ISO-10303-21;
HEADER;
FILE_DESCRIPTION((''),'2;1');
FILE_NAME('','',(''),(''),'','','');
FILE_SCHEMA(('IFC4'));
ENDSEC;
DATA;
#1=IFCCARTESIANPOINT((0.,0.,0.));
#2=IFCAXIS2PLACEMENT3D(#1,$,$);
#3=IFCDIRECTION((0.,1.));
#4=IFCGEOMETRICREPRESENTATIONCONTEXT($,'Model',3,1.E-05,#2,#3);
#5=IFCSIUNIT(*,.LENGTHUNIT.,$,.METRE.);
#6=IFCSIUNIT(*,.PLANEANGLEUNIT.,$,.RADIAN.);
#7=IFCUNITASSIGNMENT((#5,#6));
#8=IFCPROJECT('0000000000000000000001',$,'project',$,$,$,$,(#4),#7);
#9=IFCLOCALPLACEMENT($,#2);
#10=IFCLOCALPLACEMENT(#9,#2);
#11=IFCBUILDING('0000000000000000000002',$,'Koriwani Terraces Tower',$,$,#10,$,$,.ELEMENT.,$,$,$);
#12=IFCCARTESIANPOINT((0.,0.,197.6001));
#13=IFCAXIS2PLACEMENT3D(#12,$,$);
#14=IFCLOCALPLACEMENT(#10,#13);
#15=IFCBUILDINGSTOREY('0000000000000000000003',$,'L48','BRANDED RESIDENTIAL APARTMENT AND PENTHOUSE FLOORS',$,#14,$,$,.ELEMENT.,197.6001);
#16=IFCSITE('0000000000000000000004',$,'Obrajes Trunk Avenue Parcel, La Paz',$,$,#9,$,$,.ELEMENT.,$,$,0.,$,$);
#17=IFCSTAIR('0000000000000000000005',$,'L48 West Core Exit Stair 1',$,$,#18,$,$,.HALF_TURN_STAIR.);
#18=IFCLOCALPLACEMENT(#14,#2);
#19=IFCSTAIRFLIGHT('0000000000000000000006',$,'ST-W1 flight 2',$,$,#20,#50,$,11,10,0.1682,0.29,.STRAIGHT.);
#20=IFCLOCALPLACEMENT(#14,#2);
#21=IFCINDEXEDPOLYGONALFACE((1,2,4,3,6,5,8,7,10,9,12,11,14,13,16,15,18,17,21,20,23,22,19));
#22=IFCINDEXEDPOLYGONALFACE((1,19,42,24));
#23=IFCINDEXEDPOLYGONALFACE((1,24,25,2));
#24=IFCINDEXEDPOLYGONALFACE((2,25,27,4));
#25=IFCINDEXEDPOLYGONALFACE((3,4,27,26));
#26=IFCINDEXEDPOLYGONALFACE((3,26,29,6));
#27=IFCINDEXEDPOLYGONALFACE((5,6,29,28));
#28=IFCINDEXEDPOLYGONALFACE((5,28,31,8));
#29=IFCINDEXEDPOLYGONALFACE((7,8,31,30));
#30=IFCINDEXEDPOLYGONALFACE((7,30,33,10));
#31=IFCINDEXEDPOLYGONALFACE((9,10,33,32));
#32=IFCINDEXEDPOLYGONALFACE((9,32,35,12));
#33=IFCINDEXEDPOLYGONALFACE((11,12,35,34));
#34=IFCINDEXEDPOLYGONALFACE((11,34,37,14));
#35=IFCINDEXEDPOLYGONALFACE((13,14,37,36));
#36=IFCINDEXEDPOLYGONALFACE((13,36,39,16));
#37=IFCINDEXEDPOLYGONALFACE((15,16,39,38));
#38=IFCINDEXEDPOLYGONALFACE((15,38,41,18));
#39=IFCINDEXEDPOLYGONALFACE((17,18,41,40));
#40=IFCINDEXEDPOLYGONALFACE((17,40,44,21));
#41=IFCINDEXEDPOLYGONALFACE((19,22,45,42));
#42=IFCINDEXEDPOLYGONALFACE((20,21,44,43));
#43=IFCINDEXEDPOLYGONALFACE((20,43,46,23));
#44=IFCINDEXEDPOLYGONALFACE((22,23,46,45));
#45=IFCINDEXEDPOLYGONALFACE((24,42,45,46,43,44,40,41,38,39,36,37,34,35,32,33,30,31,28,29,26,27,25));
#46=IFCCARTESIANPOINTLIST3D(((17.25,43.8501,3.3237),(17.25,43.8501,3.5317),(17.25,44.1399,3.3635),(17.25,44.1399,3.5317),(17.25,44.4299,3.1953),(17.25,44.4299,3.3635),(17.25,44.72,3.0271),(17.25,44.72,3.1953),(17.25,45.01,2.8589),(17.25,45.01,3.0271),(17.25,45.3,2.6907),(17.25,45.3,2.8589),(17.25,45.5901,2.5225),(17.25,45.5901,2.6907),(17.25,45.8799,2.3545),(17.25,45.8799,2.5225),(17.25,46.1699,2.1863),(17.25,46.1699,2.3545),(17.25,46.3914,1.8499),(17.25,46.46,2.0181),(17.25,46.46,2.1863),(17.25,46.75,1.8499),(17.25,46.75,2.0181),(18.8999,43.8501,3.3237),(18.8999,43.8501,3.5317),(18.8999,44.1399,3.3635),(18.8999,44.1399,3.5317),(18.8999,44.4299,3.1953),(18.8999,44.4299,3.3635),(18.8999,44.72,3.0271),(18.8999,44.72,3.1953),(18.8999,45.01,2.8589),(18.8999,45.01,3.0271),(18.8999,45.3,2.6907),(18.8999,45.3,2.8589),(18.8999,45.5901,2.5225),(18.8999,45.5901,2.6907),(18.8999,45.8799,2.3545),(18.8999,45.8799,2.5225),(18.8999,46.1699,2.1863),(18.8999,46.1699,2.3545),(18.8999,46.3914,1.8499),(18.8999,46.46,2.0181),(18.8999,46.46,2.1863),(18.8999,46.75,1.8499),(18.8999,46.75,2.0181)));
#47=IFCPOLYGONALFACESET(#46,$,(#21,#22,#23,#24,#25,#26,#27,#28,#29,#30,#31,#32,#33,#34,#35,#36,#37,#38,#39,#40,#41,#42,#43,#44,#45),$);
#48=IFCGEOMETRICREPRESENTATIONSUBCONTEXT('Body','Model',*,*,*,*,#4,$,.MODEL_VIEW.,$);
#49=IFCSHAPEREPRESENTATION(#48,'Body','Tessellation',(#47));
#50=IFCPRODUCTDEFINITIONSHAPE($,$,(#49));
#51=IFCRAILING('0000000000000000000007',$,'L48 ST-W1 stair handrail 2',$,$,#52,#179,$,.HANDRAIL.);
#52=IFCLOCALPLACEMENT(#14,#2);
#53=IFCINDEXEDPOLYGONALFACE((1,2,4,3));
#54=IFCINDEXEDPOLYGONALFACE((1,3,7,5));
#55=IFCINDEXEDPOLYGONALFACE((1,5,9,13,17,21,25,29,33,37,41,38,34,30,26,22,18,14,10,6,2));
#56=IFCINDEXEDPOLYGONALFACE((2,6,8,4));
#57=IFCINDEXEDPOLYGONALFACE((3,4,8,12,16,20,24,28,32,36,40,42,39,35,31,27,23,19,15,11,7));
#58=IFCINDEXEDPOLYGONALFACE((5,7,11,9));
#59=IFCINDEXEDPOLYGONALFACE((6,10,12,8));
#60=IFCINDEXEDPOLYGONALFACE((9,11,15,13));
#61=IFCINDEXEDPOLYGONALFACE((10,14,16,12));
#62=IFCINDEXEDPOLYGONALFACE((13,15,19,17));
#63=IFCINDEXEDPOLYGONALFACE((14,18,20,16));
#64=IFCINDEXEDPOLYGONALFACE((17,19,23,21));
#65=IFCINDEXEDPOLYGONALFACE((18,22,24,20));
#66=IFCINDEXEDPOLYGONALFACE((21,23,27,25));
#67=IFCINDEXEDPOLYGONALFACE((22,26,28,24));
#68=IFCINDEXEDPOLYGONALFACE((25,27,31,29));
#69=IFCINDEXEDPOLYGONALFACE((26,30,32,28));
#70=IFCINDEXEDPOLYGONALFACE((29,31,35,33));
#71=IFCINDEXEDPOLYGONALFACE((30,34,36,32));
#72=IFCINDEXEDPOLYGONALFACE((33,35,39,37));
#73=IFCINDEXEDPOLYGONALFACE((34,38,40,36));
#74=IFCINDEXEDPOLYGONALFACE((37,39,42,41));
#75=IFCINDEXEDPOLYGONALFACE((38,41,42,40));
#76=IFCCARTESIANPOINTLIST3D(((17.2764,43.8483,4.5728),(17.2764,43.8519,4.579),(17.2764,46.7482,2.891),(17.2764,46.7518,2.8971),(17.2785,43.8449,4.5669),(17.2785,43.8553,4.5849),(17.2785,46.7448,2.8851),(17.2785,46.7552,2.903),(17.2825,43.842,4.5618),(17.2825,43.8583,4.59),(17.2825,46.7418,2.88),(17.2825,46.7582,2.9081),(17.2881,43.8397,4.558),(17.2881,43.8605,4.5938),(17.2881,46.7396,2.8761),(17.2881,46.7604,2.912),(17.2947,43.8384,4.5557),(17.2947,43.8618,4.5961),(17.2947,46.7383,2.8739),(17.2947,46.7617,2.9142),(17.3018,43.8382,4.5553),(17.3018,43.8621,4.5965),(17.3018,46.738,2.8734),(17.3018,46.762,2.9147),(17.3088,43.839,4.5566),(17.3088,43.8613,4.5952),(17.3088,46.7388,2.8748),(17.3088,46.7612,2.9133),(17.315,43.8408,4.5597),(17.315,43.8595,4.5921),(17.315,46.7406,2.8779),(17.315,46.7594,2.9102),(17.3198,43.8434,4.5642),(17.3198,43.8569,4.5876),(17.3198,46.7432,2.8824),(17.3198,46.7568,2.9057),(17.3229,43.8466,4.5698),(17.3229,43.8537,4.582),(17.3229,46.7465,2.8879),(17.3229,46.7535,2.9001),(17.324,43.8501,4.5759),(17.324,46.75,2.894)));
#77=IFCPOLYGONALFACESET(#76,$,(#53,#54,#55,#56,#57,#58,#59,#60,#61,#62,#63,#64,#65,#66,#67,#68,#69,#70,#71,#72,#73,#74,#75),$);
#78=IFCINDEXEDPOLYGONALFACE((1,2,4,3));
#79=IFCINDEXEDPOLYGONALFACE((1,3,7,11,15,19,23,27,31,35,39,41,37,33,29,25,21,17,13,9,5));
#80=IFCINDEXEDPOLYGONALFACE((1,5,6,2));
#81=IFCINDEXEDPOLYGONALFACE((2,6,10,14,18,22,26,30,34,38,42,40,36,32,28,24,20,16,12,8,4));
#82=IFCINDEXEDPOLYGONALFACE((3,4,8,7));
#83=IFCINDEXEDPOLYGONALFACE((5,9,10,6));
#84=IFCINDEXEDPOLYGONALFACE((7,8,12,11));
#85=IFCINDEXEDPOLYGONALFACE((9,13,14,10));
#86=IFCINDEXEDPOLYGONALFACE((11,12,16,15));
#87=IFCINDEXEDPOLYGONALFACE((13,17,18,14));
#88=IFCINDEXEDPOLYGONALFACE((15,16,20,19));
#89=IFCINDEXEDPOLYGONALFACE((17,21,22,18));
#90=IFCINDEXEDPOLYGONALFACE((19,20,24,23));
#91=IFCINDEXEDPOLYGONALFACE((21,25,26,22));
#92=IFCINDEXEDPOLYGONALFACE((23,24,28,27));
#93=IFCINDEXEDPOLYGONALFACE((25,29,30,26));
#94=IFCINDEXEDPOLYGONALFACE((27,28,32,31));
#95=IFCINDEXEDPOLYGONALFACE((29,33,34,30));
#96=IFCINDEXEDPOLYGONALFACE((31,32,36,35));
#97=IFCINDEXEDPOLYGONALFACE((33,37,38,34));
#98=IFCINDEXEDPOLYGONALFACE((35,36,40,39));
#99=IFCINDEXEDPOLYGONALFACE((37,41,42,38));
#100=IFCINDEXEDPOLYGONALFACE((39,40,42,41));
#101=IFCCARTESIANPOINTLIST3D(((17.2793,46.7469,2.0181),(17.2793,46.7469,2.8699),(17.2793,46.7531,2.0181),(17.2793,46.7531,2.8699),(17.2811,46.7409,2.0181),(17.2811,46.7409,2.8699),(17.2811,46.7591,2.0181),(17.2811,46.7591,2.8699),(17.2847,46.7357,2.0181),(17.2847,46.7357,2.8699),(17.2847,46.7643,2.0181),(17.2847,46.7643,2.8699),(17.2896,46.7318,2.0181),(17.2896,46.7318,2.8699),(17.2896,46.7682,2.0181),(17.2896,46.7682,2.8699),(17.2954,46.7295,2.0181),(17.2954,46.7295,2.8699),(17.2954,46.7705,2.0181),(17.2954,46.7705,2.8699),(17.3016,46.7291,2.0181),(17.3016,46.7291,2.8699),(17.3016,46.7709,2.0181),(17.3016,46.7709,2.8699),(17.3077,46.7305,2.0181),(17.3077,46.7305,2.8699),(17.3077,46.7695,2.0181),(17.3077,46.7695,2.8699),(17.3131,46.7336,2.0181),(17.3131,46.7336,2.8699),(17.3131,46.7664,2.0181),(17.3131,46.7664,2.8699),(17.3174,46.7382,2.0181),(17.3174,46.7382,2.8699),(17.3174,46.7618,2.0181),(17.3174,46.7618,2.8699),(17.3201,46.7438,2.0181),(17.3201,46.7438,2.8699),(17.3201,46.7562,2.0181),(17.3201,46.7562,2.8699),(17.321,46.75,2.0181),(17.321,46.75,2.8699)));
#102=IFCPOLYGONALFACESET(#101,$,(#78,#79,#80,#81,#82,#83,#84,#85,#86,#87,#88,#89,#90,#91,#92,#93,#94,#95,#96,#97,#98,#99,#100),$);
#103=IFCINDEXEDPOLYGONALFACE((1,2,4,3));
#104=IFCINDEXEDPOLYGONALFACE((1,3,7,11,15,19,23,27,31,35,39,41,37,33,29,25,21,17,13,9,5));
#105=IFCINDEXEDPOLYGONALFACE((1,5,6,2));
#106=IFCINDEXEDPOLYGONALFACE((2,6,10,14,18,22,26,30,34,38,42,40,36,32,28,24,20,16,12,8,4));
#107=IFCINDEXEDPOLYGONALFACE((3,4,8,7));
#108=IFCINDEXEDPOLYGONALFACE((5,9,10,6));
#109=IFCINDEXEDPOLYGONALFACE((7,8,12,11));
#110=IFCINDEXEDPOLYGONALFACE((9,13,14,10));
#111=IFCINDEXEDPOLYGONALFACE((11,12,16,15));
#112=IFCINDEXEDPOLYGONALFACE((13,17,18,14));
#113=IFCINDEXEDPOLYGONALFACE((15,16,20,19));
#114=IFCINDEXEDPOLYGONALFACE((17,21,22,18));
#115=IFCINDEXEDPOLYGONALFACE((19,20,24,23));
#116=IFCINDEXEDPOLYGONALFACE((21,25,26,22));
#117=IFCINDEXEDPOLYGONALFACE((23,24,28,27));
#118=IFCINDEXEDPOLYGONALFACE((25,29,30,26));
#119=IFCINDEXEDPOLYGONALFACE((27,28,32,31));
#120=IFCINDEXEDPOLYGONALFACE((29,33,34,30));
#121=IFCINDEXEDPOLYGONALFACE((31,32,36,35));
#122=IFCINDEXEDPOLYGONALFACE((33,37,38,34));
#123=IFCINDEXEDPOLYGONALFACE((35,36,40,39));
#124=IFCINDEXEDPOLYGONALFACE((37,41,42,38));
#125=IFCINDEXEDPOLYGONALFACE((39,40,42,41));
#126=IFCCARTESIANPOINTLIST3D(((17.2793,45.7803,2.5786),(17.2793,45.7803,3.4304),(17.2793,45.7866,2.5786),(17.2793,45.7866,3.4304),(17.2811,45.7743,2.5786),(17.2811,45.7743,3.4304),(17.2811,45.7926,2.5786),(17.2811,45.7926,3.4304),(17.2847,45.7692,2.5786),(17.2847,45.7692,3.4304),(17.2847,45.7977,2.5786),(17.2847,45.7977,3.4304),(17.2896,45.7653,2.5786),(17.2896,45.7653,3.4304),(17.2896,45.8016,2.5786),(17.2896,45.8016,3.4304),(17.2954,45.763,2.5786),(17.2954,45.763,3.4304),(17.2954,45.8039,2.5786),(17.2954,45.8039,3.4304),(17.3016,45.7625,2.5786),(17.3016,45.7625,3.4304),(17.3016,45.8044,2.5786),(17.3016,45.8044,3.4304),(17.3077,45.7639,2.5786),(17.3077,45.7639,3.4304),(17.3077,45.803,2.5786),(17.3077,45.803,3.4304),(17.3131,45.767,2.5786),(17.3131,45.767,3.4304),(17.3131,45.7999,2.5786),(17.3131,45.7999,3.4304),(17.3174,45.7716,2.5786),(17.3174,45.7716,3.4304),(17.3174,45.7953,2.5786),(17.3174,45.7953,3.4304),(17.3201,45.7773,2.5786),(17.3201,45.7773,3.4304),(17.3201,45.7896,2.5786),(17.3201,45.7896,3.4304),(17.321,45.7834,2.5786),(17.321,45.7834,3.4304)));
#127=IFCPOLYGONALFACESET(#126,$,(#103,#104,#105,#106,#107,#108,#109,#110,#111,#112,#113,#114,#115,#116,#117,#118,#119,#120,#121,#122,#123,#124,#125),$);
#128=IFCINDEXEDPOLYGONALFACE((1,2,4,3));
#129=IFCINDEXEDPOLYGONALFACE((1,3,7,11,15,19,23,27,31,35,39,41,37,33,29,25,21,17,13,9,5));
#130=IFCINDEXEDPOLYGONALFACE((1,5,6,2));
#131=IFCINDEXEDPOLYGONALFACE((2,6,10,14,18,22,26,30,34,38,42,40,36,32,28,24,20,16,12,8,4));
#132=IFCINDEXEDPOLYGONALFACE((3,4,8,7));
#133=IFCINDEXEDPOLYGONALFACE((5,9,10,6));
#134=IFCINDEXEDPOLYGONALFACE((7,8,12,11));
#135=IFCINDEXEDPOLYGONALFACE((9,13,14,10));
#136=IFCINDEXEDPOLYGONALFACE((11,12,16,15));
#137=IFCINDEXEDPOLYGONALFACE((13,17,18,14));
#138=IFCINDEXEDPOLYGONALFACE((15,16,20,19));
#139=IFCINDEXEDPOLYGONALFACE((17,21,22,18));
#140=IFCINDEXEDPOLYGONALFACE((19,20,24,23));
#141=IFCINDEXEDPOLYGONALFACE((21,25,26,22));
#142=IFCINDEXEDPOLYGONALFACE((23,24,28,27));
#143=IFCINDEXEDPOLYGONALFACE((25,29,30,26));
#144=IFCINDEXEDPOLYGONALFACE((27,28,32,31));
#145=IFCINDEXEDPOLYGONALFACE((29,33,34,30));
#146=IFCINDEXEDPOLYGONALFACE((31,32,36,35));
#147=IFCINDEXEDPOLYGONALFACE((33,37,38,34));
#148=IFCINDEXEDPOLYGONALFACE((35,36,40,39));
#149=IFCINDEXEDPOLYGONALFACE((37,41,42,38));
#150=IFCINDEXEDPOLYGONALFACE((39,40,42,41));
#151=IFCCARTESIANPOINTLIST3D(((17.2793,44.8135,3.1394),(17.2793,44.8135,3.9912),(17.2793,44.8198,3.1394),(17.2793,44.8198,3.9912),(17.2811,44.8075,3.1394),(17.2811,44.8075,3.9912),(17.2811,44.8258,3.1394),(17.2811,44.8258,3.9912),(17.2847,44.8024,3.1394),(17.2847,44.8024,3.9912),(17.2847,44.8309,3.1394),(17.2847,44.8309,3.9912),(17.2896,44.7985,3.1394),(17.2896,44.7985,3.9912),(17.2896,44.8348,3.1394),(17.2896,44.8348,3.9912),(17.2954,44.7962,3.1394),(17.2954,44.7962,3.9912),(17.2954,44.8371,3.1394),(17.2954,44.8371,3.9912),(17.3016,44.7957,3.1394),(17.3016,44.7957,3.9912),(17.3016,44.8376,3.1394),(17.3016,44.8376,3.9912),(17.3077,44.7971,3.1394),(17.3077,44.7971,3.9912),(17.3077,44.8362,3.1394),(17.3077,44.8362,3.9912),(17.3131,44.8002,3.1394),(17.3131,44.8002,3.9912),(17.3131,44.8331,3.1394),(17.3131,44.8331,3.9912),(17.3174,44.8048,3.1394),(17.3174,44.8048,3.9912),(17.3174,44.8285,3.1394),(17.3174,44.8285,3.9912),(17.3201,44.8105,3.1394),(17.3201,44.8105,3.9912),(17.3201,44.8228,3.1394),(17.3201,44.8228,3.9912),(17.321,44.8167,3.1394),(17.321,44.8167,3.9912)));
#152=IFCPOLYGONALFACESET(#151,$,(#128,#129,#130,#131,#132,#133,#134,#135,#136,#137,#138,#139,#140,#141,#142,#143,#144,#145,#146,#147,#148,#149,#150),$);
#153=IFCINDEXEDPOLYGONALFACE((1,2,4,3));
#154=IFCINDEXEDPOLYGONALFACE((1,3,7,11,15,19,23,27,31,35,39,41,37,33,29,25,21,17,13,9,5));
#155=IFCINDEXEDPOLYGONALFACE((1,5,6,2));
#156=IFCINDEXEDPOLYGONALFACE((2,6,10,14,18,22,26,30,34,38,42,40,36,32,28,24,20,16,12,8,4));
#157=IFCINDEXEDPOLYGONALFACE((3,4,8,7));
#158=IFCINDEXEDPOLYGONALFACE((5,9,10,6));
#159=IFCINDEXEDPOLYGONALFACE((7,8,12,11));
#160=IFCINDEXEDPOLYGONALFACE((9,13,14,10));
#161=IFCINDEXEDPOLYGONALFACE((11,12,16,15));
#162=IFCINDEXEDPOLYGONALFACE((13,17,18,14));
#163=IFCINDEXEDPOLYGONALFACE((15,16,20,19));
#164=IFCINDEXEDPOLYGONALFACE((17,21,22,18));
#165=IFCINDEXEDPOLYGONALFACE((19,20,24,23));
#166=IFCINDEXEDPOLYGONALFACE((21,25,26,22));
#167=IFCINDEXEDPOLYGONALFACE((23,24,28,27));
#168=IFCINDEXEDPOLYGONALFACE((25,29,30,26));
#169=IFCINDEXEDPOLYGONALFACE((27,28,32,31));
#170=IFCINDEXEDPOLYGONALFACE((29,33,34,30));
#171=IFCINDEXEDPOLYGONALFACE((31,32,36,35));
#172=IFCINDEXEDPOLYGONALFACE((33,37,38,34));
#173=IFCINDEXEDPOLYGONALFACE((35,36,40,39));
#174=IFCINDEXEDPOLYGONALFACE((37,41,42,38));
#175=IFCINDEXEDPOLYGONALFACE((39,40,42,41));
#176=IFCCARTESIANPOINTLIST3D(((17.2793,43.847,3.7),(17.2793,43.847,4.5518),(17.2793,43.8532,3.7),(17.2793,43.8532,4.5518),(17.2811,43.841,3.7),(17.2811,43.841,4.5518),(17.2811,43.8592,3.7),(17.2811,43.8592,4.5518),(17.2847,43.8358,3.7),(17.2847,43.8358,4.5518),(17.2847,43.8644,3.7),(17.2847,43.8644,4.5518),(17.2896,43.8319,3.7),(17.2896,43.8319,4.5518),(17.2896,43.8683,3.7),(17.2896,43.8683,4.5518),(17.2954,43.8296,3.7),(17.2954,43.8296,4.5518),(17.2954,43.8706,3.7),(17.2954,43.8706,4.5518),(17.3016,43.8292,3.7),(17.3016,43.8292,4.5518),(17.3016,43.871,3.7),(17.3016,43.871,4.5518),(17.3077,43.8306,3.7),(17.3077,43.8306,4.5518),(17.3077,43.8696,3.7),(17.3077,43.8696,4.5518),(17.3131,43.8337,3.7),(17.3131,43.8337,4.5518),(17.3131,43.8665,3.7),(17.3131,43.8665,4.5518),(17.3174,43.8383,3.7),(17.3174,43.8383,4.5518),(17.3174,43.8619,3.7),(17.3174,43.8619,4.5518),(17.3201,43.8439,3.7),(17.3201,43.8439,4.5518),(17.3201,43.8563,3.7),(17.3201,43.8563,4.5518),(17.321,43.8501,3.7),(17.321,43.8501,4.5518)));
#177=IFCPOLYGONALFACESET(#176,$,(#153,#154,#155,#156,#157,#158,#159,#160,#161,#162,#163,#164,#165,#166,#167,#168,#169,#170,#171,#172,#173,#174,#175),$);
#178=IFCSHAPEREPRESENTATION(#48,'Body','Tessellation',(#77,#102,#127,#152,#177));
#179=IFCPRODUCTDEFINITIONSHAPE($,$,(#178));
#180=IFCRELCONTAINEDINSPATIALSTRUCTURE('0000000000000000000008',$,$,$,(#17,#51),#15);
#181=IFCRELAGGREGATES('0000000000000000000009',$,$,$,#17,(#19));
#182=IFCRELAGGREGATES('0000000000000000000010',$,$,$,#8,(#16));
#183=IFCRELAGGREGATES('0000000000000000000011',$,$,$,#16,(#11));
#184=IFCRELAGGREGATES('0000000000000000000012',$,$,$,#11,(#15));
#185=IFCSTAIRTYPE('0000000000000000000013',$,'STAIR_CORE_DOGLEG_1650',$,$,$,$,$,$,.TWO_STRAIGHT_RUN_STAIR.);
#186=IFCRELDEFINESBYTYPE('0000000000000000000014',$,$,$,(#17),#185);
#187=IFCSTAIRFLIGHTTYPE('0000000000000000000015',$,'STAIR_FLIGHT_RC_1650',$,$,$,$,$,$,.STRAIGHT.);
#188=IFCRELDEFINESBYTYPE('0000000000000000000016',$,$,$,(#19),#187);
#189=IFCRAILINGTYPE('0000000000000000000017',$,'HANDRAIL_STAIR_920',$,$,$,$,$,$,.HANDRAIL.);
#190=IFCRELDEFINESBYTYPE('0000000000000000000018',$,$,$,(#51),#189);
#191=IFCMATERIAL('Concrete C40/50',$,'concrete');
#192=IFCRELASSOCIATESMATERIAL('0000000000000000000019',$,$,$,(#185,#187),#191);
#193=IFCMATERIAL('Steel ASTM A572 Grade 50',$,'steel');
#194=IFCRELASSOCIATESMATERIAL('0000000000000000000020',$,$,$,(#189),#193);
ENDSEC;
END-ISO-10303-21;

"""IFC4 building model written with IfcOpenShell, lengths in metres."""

from ifc_helpers import new_model, si_unit, direction, frame, origin, origin_2d, place, context, subcontext, project, spatial, polyline, circle, outline, extrude, material, type_object, element, aggregate, save


model = new_model("IFC4")

# Units and contexts
model_context = context("Model", 3, precision=1e-05, world=origin(), true_north=direction((0.0, 1.0)))
body_context = subcontext(model_context, "Body", "Model", "MODEL_VIEW")
ifc_project = project(units=[si_unit("LENGTHUNIT", "METRE"), si_unit("PLANEANGLEUNIT", "RADIAN")], contexts=[model_context])

# Site, building, storey
site_placement = place(None, origin())
site = spatial("IfcSite", under=ifc_project, at=site_placement, Name="Obrajes Trunk Avenue Parcel, La Paz", CompositionType="ELEMENT", RefElevation=0.0)
building_placement = place(site_placement, origin())
building = spatial("IfcBuilding", under=site, at=building_placement, Name="Koriwani Terraces Tower", CompositionType="ELEMENT")
storey_placement = place(building_placement, frame((0.0, 0.0, 197.6001)))
storey = spatial("IfcBuildingStorey", under=building, at=storey_placement, Name="L48", Description="BRANDED RESIDENTIAL APARTMENT AND PENTHOUSE FLOORS", CompositionType="ELEMENT", Elevation=197.6001)

# Shared definitions
ifc_material_1 = material(Name="Concrete C40/50", Category="concrete")
ifc_material_2 = material(Name="Steel ASTM A572 Grade 50", Category="steel")

# Stair, stair flight
stair_type = type_object("IfcStairType", Name="STAIR_CORE_DOGLEG_1650", PredefinedType="TWO_STRAIGHT_RUN_STAIR", material=ifc_material_1)
stair_placement = place(storey_placement, origin())
stair = element("IfcStair", 1, at=stair_placement, inside=storey, type_object=stair_type, Name="L48 West Core Exit Stair 1", PredefinedType="HALF_TURN_STAIR")
stair_flight_type = type_object("IfcStairFlightType", Name="STAIR_FLIGHT_RC_1650", PredefinedType="STRAIGHT", material=ifc_material_1)
stair_flight_placement = place(storey_placement, frame((18.075, 46.75, 1.8499), z_axis=(0.0, 0.0, 1.0), x_axis=(0.0, -1.0, 0.0)))
stair_flight = element("IfcStairFlight", 2, at=stair_flight_placement, type_object=stair_flight_type, Name="ST-W1 flight 2", NumberOfRisers=11, NumberOfTreads=10, PredefinedType="STRAIGHT", RiserHeight=0.1682, TreadLength=0.29, context=body_context, shape_type="SweptSolid", body=[
    extrude(outline(polyline([(0.0, 0.0), (0.0, 0.1682), (0.29, 0.1682), (0.29, 0.3364), (0.5801, 0.3364), (0.5801, 0.5046), (0.8701, 0.5046), (0.8701, 0.6726), (1.1599, 0.6726), (1.1599, 0.8408), (1.45, 0.8408), (1.45, 1.009), (1.74, 1.009), (1.74, 1.1772), (2.03, 1.1772), (2.03, 1.3455), (2.3201, 1.3455), (2.3201, 1.5137), (2.6101, 1.5137), (2.6101, 1.6819), (2.8999, 1.6819), (2.8999, 1.8501), (2.8999, 1.4739), (0.3586, 0.0), (0.0, 0.0)])), frame((0.0, 0.825, 0.0), z_axis=(0.0, -1.0, 0.0), x_axis=(1.0, 0.0, 0.0)), (0.0, 0.0, 1.0), 1.6499),
])
aggregate(stair, [stair_flight])

# Railing
railing_type = type_object("IfcRailingType", Name="HANDRAIL_STAIR_920", PredefinedType="HANDRAIL", material=ifc_material_2)
railing_placement = place(storey_placement, frame((17.3, 46.75, 2.0181)))
element("IfcRailing", 3, at=railing_placement, inside=storey, type_object=railing_type, Name="L48 ST-W1 stair handrail 2", PredefinedType="HANDRAIL", context=body_context, shape_type="SweptSolid", body=[
    extrude(circle(Radius=0.0239, at=origin_2d()), frame((0.0, 0.0, 0.876), z_axis=(0.0, -0.865039, 0.501705), x_axis=(1.0, 0.0, 0.0)), (0.0, 0.0, 1.0), 3.3523),
    extrude(circle(Radius=0.021, at=origin_2d()), origin(), (0.0, 0.0, 1.0), 0.8518),
    extrude(circle(Radius=0.021, at=origin_2d()), frame((0.0, -0.9666, 0.5605)), (0.0, 0.0, 1.0), 0.8518),
    extrude(circle(Radius=0.021, at=origin_2d()), frame((0.0, -1.9333, 1.1213)), (0.0, 0.0, 1.0), 0.8518),
    extrude(circle(Radius=0.021, at=origin_2d()), frame((0.0, -2.8999, 1.6819)), (0.0, 0.0, 1.0), 0.8518),
])

save(model, "model.ifc")
